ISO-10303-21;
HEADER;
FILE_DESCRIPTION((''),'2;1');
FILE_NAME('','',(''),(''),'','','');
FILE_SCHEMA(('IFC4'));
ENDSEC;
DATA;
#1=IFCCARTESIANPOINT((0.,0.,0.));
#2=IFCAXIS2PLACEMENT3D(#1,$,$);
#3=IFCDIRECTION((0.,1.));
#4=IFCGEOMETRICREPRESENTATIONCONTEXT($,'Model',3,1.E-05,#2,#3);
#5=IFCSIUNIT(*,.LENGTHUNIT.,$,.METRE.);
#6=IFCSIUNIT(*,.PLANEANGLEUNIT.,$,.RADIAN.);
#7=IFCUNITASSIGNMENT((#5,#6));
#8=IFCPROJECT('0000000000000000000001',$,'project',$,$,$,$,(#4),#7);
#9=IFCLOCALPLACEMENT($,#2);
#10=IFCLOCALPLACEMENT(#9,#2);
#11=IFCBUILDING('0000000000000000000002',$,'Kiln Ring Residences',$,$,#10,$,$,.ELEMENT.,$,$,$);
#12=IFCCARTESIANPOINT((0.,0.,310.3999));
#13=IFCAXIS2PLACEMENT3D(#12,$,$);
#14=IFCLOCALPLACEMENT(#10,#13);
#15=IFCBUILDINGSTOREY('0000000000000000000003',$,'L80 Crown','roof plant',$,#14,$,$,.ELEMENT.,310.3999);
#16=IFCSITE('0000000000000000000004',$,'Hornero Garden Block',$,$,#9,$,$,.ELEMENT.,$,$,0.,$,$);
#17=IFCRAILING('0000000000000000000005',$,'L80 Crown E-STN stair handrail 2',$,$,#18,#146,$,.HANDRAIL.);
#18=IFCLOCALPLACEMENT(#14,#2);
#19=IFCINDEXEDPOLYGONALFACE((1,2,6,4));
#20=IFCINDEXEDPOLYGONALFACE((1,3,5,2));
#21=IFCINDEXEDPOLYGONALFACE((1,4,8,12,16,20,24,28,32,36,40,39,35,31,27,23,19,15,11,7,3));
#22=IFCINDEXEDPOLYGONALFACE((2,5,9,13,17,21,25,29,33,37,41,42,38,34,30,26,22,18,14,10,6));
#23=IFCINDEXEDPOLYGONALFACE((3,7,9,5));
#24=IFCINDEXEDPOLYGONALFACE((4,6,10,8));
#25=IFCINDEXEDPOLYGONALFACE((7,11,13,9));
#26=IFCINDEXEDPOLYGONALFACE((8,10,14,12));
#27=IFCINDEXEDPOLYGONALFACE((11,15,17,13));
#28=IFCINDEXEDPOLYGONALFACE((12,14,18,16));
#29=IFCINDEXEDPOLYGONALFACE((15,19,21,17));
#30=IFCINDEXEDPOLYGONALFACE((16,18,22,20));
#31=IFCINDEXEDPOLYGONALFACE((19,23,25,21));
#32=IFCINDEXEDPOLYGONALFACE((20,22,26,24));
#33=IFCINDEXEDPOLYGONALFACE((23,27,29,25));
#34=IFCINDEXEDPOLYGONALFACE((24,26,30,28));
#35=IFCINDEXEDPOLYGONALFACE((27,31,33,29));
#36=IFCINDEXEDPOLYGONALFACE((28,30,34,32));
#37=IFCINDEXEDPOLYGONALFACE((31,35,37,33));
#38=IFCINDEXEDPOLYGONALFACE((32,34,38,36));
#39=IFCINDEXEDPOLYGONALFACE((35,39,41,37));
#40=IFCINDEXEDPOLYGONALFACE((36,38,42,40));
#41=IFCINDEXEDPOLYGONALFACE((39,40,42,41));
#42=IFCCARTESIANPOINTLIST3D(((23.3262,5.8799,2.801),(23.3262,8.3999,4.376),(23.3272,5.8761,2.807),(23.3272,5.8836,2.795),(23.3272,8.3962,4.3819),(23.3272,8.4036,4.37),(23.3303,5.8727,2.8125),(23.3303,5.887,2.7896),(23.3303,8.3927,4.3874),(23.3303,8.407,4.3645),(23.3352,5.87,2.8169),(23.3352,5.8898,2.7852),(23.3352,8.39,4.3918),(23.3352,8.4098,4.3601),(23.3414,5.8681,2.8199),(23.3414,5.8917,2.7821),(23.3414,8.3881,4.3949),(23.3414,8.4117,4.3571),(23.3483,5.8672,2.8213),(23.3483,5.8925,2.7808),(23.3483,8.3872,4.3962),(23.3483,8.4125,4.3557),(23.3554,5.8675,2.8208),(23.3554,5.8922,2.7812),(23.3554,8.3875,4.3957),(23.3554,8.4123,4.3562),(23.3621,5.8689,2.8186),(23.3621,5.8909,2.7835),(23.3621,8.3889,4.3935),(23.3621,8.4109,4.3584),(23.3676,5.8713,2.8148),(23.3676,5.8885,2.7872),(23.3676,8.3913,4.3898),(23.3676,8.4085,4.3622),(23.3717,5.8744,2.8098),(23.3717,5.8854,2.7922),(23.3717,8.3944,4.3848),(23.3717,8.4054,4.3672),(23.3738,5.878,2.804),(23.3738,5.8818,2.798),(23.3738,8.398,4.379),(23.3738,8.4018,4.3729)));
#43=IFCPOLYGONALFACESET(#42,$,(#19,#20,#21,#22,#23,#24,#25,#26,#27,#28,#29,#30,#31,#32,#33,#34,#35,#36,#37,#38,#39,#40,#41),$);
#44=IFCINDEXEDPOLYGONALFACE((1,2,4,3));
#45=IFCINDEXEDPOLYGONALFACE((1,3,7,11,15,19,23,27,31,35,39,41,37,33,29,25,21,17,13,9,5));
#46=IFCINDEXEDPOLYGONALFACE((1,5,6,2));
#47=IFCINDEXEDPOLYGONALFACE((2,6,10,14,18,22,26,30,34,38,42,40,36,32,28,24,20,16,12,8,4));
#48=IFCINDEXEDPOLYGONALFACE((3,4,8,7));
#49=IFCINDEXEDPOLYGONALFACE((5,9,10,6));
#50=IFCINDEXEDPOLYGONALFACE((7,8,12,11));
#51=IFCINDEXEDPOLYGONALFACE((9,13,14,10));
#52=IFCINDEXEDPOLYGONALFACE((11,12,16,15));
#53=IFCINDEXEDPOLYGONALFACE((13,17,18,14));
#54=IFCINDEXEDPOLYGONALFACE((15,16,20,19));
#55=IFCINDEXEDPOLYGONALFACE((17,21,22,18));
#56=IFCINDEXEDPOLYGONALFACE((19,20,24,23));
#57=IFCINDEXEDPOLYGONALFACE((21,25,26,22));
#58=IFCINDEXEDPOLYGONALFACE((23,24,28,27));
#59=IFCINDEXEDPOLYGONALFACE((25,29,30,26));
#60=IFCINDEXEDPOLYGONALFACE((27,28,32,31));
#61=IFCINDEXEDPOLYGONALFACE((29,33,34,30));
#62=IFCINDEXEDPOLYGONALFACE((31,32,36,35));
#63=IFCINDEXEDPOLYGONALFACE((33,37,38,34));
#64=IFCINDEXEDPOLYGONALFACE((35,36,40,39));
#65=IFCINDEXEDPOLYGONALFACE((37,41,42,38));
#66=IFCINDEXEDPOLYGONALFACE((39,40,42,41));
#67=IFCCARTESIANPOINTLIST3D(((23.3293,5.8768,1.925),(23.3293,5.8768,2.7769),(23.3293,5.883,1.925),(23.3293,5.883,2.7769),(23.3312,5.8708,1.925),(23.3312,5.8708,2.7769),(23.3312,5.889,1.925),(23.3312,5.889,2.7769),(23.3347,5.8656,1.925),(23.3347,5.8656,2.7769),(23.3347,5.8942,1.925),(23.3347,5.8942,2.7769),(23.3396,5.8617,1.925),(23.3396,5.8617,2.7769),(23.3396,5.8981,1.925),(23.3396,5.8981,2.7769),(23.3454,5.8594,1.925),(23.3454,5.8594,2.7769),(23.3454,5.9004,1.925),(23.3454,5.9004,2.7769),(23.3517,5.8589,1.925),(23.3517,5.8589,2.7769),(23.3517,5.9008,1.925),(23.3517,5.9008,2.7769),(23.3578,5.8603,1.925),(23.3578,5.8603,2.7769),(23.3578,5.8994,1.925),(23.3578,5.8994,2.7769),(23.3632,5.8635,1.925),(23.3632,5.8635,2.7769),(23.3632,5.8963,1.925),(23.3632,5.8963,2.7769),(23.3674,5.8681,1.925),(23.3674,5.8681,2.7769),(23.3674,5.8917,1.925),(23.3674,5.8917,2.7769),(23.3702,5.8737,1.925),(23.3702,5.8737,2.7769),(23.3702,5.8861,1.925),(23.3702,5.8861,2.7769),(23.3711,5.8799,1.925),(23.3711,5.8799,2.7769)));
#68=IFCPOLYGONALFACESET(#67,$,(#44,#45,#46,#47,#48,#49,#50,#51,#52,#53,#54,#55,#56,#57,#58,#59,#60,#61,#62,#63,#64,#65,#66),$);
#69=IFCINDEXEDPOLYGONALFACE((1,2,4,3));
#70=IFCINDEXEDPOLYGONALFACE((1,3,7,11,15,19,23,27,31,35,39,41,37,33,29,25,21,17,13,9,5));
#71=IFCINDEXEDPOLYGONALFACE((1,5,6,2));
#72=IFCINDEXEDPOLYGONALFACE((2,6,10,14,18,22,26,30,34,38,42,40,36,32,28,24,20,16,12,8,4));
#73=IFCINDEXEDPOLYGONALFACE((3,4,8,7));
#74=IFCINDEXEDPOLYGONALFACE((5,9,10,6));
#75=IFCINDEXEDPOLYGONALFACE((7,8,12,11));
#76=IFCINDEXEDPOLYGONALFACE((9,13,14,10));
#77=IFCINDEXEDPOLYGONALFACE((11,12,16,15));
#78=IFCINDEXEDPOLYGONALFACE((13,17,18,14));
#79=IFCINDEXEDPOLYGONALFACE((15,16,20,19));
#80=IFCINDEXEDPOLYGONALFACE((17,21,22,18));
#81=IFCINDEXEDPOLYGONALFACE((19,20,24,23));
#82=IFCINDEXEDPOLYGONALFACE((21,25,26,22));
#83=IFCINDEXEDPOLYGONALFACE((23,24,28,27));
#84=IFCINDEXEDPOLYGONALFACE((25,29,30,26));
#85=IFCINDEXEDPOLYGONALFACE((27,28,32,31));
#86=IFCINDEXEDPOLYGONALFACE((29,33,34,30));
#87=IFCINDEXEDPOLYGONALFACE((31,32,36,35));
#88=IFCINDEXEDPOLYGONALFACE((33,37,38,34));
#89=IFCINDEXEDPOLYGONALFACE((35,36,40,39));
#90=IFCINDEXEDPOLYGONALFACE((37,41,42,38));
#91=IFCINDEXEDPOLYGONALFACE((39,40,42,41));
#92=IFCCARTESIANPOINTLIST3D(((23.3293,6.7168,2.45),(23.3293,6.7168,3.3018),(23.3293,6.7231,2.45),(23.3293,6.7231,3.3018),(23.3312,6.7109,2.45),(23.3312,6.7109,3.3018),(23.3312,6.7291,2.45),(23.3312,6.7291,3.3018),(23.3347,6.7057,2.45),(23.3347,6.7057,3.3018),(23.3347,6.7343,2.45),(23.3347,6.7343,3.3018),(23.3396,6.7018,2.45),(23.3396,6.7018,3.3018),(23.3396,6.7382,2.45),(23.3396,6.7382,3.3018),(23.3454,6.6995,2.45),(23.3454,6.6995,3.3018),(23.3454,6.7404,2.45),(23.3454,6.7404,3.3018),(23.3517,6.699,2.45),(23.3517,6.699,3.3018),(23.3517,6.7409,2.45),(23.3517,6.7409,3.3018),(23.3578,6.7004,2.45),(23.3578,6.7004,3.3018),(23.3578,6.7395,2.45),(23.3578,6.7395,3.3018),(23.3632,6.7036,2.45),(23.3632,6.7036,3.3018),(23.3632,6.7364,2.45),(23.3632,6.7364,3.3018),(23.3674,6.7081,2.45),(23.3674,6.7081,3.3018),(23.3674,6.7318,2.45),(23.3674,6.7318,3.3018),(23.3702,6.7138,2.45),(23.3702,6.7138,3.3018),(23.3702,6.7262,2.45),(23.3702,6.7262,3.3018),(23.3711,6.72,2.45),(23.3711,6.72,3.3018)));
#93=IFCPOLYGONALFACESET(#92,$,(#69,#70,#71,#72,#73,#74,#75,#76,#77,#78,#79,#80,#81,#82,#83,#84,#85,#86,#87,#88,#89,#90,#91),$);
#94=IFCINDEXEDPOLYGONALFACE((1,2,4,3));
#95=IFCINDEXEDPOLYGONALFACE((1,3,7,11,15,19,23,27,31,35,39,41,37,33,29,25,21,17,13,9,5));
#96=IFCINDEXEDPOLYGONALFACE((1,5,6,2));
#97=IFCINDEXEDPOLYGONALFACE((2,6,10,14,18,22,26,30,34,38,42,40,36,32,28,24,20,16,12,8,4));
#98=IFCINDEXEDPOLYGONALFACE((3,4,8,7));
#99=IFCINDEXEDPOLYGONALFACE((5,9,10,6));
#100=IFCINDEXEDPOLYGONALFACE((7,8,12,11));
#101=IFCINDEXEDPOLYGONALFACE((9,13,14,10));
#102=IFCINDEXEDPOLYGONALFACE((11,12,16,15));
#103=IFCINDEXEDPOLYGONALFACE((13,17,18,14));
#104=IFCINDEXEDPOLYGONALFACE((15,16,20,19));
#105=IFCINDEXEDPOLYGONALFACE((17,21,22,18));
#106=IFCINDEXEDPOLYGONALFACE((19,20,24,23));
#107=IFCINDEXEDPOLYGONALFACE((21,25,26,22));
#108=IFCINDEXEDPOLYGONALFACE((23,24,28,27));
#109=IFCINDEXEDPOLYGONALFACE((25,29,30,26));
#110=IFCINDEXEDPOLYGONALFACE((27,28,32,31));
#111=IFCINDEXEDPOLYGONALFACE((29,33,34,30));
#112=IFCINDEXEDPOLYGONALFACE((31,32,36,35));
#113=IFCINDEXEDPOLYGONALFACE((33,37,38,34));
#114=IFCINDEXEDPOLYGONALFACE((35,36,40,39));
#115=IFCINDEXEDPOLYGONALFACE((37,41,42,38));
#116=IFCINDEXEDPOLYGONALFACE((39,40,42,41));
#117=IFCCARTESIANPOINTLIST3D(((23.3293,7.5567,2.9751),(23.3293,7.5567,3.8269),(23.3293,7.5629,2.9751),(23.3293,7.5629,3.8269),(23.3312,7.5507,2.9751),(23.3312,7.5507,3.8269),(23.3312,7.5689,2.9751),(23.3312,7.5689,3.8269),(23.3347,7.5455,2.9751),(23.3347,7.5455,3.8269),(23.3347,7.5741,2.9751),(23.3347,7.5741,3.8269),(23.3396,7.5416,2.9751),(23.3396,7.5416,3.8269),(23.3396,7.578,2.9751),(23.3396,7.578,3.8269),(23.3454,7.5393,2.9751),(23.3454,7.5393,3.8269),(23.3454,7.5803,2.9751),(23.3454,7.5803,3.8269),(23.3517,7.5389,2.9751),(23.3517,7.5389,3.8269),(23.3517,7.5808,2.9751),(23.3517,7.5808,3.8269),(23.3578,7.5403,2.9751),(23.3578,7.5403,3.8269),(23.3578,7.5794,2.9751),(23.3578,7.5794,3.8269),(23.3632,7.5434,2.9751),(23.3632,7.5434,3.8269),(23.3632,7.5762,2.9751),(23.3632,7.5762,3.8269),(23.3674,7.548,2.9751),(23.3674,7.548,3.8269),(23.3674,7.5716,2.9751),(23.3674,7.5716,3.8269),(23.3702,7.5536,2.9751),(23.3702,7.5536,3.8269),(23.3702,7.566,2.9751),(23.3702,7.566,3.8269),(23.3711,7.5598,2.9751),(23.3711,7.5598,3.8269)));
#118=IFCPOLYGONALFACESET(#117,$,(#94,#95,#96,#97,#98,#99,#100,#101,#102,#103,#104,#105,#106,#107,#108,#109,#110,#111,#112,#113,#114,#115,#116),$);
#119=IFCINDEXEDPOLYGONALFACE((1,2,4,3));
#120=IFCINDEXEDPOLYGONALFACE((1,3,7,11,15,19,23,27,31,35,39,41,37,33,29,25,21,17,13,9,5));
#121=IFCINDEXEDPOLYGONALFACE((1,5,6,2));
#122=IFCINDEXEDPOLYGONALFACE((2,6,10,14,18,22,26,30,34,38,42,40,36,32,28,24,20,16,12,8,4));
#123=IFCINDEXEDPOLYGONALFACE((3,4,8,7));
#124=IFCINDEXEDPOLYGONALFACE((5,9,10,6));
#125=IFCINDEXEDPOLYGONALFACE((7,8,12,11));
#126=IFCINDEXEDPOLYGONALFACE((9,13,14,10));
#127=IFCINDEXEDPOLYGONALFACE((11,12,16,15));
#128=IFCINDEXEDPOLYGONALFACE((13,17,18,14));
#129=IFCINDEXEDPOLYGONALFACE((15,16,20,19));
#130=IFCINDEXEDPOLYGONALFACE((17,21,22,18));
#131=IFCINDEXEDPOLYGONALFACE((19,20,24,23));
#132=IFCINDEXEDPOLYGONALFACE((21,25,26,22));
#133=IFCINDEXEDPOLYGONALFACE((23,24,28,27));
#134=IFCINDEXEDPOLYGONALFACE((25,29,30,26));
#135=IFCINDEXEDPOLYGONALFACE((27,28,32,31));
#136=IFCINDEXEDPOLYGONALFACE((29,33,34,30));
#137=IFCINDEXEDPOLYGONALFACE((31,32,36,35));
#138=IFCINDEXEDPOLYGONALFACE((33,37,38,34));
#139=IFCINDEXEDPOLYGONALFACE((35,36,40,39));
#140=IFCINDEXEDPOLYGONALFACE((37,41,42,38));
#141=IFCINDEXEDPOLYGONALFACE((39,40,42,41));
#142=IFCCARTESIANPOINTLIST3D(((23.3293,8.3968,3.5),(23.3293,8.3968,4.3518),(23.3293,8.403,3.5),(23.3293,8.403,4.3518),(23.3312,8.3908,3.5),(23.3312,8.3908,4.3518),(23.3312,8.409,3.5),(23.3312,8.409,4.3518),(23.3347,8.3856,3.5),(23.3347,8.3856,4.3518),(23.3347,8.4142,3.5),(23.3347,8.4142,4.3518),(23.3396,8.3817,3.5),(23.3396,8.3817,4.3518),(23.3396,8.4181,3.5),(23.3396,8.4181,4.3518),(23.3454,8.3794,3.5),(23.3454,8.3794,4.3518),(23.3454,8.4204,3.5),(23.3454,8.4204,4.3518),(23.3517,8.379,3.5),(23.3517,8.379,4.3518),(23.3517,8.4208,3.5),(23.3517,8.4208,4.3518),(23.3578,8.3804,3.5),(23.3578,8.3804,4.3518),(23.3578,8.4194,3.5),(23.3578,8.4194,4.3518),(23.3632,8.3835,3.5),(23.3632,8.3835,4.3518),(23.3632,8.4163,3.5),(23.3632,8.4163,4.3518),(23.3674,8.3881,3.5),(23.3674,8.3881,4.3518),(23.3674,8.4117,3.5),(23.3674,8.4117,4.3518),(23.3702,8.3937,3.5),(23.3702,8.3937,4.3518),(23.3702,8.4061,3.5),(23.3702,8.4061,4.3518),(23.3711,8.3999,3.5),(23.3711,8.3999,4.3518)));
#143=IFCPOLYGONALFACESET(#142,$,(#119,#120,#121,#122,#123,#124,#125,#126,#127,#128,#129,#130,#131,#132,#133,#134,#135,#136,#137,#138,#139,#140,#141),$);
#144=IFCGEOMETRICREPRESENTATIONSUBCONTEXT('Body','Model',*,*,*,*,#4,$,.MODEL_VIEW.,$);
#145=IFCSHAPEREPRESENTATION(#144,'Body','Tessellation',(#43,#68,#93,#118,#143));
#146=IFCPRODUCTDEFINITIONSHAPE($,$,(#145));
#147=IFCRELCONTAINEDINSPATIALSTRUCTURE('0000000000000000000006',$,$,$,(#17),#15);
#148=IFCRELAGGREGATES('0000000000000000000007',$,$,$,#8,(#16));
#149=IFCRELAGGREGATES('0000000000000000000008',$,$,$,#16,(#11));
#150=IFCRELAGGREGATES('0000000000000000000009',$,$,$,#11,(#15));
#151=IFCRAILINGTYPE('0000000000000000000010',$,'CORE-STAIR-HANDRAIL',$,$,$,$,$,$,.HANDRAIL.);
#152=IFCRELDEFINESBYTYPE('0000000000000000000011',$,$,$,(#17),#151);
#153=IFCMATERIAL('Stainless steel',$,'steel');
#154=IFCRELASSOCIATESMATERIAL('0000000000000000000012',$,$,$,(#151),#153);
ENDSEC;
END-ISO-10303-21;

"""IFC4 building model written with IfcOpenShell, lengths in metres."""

from ifc_helpers import new_model, si_unit, direction, frame, origin, origin_2d, place, context, subcontext, project, spatial, circle, extrude, material, type_object, element, save


model = new_model("IFC4")

# Units and contexts
model_context = context("Model", 3, precision=1e-05, world=origin(), true_north=direction((0.0, 1.0)))
body_context = subcontext(model_context, "Body", "Model", "MODEL_VIEW")
ifc_project = project(units=[si_unit("LENGTHUNIT", "METRE"), si_unit("PLANEANGLEUNIT", "RADIAN")], contexts=[model_context])

# Site, building, storey
site_placement = place(None, origin())
site = spatial("IfcSite", under=ifc_project, at=site_placement, Name="Hornero Garden Block", CompositionType="ELEMENT", RefElevation=0.0)
building_placement = place(site_placement, origin())
building = spatial("IfcBuilding", under=site, at=building_placement, Name="Kiln Ring Residences", CompositionType="ELEMENT")
storey_placement = place(building_placement, frame((0.0, 0.0, 310.3999)))
storey = spatial("IfcBuildingStorey", under=building, at=storey_placement, Name="L80 Crown", Description="roof plant", CompositionType="ELEMENT", Elevation=310.3999)

# Railing
ifc_material_1 = material(Name="Stainless steel", Category="steel")
railing_type_1 = type_object("IfcRailingType", Name="CORE-STAIR-HANDRAIL", PredefinedType="HANDRAIL", material=ifc_material_1)
railing_1_placement = place(storey_placement, frame((23.3501, 5.8799, 1.925)))
element("IfcRailing", 1, at=railing_1_placement, inside=storey, type_object=railing_type_1, Name="L80 Crown E-STN stair handrail 2", PredefinedType="HANDRAIL", context=body_context, shape_type="SweptSolid", body=[
    extrude(circle(Radius=0.0239, at=origin_2d()), frame((0.0, 0.0, 0.876), z_axis=(0.0, 0.848008, 0.529984), x_axis=(-1.0, 0.0, 0.0)), (0.0, 0.0, 1.0), 2.9717),
    extrude(circle(Radius=0.021, at=origin_2d()), origin(), (0.0, 0.0, 1.0), 0.8518),
    extrude(circle(Radius=0.021, at=origin_2d()), frame((0.0, 0.8401, 0.5249)), (0.0, 0.0, 1.0), 0.8518),
    extrude(circle(Radius=0.021, at=origin_2d()), frame((0.0, 1.6799, 1.05)), (0.0, 0.0, 1.0), 0.8518),
    extrude(circle(Radius=0.021, at=origin_2d()), frame((0.0, 2.52, 1.575)), (0.0, 0.0, 1.0), 0.8518),
])

save(model, "model.ifc")
